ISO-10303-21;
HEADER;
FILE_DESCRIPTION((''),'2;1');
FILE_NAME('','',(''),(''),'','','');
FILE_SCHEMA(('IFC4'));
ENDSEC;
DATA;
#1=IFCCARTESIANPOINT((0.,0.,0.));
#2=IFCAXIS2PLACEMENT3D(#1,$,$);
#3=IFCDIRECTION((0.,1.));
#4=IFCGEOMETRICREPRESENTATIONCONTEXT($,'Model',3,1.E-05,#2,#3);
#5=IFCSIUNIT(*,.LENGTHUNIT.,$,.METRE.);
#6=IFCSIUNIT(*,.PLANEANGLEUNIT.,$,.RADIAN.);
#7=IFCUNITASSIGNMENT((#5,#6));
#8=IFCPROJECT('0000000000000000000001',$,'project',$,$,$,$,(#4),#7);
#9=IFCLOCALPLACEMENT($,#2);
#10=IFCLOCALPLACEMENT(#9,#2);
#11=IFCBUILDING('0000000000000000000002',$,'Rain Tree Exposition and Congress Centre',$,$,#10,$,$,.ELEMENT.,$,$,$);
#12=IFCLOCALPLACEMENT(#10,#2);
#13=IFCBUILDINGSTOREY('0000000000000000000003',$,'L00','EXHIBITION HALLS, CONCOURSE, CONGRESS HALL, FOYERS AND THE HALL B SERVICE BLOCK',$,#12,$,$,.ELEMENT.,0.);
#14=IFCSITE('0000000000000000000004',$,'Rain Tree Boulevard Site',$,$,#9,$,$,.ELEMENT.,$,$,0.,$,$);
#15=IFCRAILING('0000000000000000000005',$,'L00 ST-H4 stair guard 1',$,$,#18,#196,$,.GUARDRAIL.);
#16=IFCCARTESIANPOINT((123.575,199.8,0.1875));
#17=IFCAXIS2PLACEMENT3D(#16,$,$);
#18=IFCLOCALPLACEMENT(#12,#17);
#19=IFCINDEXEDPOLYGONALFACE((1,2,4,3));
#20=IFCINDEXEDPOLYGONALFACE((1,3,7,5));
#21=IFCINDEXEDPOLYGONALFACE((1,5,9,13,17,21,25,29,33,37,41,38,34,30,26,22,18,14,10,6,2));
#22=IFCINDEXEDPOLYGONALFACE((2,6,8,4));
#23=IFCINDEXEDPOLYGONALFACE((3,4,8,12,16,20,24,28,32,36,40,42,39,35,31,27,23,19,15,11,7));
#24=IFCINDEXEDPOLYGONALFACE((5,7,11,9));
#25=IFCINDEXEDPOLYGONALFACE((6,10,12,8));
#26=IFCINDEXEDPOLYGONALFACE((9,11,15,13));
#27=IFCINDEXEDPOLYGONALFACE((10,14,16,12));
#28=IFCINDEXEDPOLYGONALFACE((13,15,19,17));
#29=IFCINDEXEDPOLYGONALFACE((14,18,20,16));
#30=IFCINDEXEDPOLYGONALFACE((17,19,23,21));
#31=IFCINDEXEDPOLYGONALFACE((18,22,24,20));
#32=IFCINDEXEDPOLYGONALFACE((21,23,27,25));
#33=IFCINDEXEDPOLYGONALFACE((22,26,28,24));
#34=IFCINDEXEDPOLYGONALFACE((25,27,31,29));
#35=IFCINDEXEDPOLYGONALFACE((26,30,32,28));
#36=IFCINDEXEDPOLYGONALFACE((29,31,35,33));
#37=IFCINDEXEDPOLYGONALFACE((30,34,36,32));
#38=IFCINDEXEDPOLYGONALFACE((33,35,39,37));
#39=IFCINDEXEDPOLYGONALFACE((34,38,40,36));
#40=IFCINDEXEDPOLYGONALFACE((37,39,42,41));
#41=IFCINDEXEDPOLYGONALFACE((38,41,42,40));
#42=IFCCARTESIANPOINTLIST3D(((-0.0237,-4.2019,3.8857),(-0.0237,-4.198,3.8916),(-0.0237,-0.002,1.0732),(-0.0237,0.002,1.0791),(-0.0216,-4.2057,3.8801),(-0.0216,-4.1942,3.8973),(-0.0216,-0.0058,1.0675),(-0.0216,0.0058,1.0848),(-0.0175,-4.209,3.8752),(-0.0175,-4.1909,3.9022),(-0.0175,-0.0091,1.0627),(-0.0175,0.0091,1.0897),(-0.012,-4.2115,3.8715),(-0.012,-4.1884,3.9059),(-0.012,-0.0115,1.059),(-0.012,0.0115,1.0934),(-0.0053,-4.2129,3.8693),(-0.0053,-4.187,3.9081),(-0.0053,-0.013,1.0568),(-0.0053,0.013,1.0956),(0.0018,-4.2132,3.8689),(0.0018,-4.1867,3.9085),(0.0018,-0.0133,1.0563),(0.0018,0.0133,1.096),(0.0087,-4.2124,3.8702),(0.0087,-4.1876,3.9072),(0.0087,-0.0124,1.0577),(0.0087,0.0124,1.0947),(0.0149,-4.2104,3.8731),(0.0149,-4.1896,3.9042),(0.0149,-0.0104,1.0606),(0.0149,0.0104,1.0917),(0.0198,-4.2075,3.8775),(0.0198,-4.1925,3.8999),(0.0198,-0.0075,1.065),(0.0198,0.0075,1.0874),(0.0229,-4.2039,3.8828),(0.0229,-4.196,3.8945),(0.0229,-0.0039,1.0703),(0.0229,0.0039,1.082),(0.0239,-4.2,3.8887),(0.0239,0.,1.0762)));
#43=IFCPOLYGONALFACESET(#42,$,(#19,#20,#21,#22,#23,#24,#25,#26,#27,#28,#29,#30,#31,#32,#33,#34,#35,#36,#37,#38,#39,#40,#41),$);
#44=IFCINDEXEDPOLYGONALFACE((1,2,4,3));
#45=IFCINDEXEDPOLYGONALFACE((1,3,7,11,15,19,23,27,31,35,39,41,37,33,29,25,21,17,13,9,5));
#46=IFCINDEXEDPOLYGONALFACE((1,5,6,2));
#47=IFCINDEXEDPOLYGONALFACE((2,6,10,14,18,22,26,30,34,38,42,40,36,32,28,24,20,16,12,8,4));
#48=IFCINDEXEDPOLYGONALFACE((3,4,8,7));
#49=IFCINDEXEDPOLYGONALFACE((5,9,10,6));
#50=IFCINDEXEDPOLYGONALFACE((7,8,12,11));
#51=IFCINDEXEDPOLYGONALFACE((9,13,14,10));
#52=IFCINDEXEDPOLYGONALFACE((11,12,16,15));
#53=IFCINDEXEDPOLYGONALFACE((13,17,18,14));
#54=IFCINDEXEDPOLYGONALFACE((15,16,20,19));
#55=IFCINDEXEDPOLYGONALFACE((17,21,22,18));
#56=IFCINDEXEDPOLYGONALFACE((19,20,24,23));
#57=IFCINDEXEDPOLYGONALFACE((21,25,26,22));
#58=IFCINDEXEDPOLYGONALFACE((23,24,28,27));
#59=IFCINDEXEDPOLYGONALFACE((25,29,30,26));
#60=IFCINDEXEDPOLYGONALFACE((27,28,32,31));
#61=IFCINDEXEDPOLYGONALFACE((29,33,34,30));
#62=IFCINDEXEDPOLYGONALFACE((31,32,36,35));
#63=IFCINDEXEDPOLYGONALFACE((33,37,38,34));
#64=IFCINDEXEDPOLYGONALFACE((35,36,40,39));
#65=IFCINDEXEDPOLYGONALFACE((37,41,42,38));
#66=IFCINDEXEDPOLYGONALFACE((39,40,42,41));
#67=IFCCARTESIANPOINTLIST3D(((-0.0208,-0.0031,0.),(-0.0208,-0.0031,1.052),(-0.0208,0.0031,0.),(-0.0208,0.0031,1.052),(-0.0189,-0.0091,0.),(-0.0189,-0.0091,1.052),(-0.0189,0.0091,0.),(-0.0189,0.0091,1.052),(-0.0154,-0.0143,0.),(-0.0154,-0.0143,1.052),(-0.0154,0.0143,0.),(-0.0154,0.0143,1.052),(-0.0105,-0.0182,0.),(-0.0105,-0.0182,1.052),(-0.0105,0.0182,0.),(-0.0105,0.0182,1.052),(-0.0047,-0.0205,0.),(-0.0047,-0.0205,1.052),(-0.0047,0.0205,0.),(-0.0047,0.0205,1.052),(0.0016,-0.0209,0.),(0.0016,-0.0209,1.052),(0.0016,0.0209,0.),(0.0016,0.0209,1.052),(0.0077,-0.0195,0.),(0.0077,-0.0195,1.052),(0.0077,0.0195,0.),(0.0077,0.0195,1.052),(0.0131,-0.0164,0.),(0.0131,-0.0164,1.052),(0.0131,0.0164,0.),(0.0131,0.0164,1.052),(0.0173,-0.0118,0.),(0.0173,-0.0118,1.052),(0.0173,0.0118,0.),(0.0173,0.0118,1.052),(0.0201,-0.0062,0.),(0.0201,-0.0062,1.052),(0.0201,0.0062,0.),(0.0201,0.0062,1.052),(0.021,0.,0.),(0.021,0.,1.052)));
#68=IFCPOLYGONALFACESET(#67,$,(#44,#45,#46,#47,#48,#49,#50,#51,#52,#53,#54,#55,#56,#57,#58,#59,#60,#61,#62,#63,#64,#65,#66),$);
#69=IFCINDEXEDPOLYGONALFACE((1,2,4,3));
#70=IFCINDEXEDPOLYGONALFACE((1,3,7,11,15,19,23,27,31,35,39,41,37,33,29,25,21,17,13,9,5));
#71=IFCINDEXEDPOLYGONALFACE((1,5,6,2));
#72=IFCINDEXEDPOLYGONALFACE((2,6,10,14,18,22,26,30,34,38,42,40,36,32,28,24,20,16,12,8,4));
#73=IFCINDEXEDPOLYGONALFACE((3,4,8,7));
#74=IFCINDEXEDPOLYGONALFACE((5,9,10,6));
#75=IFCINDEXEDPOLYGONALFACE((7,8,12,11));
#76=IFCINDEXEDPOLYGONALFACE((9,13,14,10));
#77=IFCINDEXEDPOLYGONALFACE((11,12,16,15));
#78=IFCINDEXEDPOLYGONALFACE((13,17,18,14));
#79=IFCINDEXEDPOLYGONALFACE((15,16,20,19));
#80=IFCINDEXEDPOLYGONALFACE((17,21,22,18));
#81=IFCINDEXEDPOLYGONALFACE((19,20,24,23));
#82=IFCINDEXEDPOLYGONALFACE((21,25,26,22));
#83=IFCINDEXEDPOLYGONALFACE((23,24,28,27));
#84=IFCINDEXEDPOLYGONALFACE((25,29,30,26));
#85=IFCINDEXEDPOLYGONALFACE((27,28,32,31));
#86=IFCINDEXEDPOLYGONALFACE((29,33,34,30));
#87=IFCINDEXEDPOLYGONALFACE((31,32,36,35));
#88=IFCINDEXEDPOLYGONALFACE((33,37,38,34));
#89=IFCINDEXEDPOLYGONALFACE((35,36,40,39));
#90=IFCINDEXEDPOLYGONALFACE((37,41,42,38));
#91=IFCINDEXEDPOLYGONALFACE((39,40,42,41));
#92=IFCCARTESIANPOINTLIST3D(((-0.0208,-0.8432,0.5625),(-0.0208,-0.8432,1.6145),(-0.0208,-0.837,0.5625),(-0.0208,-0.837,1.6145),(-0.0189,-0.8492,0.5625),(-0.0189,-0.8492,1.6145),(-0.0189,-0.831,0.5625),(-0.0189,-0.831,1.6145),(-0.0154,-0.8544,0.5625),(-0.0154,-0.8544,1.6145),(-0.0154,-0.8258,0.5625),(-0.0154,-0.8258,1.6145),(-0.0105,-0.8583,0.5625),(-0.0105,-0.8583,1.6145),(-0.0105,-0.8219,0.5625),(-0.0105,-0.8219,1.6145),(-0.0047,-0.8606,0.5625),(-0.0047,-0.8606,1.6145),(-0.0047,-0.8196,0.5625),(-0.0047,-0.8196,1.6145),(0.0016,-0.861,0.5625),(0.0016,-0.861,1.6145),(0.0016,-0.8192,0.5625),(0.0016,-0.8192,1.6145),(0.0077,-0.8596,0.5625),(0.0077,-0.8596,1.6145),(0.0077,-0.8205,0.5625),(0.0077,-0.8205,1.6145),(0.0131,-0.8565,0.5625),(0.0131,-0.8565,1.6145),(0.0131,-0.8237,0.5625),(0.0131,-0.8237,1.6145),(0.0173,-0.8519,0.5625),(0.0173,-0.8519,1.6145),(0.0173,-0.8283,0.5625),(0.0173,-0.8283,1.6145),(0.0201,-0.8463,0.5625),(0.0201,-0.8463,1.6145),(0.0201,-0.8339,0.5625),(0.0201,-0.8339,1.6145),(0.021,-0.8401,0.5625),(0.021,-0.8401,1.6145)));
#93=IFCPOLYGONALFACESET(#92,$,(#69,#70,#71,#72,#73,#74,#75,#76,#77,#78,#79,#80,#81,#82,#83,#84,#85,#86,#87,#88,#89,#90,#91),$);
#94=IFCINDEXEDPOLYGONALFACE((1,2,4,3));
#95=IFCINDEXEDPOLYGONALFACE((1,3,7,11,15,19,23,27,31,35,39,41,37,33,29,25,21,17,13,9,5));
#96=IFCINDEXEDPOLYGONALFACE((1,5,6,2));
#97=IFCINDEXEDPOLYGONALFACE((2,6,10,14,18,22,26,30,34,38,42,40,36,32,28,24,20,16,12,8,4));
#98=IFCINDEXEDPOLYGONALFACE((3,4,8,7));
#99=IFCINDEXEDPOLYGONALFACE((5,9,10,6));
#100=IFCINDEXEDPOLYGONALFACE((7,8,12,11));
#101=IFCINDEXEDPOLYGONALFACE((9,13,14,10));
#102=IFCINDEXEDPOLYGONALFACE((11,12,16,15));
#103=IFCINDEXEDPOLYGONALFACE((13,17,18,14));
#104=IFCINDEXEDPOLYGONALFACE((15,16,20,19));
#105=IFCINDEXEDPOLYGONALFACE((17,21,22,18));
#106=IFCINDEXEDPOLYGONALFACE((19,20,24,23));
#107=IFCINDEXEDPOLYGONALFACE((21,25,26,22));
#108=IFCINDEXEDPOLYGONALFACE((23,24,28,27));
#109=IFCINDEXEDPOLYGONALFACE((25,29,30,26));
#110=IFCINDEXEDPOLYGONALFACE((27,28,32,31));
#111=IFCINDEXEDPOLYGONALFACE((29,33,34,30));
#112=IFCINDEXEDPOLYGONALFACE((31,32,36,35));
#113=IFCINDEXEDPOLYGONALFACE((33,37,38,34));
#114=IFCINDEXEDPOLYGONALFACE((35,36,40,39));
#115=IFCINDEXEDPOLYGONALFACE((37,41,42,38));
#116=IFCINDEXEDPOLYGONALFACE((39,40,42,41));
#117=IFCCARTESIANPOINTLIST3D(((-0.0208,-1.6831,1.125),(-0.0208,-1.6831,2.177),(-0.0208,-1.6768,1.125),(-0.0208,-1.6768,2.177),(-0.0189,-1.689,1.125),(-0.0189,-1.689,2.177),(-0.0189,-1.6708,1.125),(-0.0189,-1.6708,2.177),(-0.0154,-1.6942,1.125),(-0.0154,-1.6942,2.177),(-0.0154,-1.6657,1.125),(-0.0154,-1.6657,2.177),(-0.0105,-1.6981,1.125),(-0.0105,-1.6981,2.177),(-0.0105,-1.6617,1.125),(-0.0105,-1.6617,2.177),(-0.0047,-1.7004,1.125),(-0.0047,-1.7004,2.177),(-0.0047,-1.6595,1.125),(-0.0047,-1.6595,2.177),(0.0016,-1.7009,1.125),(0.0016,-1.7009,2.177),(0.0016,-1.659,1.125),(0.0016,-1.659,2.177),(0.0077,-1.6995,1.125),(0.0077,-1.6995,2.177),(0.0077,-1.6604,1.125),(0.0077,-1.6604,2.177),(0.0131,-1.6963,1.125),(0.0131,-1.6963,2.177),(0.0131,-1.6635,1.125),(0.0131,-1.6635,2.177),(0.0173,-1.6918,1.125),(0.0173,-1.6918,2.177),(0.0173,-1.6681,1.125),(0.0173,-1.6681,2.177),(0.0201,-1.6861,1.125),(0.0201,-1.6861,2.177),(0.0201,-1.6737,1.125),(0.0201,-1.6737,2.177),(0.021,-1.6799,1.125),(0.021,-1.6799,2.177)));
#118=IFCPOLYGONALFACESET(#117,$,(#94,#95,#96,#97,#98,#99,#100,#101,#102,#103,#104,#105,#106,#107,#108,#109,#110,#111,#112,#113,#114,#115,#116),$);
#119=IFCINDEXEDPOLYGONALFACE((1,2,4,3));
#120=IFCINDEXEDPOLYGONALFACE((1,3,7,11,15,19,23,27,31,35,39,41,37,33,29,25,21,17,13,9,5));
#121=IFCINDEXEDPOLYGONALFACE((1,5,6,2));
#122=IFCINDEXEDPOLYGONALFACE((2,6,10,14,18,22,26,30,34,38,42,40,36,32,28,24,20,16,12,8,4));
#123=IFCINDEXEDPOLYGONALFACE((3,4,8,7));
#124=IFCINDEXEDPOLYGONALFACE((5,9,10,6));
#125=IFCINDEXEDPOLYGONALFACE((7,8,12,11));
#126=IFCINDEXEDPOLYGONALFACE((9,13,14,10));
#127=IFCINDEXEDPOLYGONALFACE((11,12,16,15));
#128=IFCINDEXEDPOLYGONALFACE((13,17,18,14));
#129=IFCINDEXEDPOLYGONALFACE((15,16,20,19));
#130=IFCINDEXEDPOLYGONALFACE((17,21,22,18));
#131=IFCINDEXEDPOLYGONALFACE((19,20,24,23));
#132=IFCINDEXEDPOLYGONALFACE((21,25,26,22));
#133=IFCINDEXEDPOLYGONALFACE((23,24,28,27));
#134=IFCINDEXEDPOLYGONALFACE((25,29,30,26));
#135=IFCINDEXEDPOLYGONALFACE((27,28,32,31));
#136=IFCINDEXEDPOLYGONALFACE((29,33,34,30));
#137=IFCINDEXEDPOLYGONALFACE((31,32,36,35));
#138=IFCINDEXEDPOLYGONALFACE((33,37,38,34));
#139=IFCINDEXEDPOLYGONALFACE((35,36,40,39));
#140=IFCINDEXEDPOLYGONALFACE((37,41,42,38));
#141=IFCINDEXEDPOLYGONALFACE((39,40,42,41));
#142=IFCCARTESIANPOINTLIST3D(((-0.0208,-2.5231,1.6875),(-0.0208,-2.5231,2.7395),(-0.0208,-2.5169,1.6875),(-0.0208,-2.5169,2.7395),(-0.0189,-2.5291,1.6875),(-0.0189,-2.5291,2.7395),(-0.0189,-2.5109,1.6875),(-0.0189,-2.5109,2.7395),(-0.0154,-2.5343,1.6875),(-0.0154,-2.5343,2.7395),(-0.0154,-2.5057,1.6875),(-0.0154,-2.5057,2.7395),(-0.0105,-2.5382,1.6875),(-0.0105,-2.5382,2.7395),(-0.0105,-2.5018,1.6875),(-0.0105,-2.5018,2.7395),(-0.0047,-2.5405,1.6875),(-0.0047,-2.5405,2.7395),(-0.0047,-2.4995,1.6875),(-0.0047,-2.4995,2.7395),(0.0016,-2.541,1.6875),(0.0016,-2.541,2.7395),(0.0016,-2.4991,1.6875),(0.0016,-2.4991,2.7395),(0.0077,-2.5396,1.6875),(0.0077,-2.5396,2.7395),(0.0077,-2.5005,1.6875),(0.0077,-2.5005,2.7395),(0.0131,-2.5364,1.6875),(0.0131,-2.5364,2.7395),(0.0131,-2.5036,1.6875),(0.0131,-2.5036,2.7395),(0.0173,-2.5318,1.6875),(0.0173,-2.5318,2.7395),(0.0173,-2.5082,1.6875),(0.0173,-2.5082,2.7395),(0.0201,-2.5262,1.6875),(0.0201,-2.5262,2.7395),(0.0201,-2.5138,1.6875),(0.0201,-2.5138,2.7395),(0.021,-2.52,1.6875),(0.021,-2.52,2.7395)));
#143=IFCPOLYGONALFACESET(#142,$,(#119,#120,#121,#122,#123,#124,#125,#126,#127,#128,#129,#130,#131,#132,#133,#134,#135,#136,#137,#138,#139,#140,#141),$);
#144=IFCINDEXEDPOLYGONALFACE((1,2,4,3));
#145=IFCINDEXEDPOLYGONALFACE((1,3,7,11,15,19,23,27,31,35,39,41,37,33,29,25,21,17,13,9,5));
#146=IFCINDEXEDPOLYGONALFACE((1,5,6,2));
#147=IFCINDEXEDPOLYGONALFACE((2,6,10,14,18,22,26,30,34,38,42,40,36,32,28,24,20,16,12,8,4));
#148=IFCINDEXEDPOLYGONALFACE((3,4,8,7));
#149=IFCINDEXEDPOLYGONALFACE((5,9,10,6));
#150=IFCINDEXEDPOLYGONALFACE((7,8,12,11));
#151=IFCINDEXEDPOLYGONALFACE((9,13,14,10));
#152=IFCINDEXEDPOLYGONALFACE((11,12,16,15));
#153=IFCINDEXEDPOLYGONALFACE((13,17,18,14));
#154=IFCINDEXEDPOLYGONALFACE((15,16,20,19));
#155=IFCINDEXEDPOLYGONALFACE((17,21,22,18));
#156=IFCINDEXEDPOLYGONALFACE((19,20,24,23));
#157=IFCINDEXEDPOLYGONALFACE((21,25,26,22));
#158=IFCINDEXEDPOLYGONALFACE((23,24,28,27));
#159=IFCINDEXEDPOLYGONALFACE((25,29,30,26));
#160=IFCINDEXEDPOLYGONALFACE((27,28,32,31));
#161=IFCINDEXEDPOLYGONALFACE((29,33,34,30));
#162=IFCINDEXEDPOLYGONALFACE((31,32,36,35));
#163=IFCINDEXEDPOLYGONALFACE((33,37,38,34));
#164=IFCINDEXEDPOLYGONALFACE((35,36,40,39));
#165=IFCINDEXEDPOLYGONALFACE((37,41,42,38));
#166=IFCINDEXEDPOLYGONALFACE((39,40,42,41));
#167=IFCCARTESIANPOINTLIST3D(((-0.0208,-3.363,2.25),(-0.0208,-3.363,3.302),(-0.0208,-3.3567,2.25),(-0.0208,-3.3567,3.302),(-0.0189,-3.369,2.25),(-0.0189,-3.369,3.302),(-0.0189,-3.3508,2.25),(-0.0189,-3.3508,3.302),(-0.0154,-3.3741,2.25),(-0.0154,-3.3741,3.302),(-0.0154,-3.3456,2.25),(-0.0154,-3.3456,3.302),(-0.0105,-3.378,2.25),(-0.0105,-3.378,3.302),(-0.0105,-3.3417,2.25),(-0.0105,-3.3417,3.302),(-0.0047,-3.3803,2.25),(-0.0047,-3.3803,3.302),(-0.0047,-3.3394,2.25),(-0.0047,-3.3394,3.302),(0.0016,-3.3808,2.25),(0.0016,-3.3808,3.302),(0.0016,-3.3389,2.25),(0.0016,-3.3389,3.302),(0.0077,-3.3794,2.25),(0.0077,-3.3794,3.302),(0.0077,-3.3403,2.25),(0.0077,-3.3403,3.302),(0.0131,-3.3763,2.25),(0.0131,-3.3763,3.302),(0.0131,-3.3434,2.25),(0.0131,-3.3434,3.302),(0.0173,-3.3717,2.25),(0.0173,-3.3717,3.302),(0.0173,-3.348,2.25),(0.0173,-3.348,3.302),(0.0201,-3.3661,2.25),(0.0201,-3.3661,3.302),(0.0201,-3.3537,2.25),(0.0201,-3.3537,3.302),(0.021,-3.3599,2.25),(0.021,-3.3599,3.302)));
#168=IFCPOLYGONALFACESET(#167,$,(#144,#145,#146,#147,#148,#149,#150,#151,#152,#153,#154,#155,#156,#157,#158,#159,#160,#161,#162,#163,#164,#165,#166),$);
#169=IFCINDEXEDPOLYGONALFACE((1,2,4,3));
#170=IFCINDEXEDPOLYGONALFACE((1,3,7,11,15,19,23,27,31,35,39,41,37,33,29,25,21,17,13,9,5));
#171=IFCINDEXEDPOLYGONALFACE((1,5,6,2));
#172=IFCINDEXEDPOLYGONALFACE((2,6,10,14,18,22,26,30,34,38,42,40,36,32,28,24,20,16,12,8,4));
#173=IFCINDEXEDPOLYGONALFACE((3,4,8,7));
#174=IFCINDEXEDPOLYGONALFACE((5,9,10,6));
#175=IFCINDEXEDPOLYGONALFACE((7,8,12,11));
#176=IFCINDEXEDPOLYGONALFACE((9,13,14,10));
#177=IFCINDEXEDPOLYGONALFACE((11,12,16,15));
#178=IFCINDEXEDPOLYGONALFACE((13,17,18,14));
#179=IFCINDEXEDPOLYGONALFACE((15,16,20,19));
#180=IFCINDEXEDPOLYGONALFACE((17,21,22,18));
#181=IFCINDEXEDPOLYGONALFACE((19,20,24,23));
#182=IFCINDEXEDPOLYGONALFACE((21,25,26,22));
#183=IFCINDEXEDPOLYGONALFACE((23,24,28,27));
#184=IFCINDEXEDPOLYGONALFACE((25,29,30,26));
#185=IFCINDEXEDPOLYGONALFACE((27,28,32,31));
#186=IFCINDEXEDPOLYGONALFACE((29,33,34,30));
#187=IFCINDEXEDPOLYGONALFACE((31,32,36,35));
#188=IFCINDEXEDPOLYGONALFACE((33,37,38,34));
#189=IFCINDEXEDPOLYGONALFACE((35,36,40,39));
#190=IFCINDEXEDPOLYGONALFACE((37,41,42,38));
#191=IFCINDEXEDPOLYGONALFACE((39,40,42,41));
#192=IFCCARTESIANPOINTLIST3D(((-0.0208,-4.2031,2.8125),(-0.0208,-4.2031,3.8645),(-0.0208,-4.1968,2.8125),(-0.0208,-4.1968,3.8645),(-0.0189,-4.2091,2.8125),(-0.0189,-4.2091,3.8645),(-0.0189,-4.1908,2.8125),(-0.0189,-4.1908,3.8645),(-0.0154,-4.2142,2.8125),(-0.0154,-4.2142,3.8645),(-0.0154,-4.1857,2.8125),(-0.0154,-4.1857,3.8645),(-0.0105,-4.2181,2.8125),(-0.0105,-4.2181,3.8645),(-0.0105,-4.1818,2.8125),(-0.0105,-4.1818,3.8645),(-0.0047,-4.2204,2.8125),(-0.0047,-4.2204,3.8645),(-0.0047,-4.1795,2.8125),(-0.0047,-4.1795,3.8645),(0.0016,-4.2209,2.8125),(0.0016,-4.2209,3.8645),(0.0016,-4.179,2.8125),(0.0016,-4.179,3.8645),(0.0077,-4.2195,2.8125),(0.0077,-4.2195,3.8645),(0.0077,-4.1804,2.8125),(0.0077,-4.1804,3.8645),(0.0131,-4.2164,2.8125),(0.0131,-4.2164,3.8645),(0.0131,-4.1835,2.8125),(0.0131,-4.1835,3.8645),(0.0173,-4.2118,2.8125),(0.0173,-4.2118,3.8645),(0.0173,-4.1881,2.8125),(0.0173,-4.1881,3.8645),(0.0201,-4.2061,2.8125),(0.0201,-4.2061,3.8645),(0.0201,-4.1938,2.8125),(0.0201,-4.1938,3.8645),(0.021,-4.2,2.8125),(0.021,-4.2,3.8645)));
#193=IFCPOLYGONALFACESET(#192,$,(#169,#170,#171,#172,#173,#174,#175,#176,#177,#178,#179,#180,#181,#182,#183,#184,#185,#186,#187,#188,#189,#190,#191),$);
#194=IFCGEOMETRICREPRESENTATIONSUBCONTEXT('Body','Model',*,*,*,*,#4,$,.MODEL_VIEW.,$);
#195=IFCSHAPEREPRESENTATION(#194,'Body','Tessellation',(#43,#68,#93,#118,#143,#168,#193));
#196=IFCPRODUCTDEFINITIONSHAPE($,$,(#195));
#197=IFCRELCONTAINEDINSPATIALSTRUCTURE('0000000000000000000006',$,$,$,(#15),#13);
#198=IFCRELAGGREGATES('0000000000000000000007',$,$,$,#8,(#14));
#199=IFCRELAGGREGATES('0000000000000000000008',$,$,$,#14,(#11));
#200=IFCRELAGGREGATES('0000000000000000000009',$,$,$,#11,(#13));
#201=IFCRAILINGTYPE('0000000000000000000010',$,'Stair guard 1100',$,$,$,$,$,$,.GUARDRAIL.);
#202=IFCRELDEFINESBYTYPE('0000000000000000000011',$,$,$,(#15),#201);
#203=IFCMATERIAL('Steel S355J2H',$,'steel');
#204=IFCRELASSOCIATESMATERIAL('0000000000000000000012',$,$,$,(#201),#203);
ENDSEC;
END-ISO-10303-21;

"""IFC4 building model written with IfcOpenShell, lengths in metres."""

from ifc_helpers import new_model, si_unit, direction, frame, origin, origin_2d, place, context, subcontext, project, spatial, circle, extrude, material, type_object, element, save


model = new_model("IFC4")

# Units and contexts
model_context = context("Model", 3, precision=1e-05, world=origin(), true_north=direction((0.0, 1.0)))
body_context = subcontext(model_context, "Body", "Model", "MODEL_VIEW")
ifc_project = project(units=[si_unit("LENGTHUNIT", "METRE"), si_unit("PLANEANGLEUNIT", "RADIAN")], contexts=[model_context])

# Site, building, storey
site_placement = place(None, origin())
site = spatial("IfcSite", under=ifc_project, at=site_placement, Name="Rain Tree Boulevard Site", CompositionType="ELEMENT", RefElevation=0.0)
building_placement = place(site_placement, origin())
building = spatial("IfcBuilding", under=site, at=building_placement, Name="Rain Tree Exposition and Congress Centre", CompositionType="ELEMENT")
storey_placement = place(building_placement, origin())
storey = spatial("IfcBuildingStorey", under=building, at=storey_placement, Name="L00", Description="EXHIBITION HALLS, CONCOURSE, CONGRESS HALL, FOYERS AND THE HALL B SERVICE BLOCK", CompositionType="ELEMENT", Elevation=0.0)

# Railing
ifc_material_1 = material(Name="Steel S355J2H", Category="steel")
railing_type_1 = type_object("IfcRailingType", Name="Stair guard 1100", PredefinedType="GUARDRAIL", material=ifc_material_1)
railing_1_placement = place(storey_placement, frame((123.575, 199.8, 0.1875)))
element("IfcRailing", 1, at=railing_1_placement, inside=storey, type_object=railing_type_1, Name="L00 ST-H4 stair guard 1", PredefinedType="GUARDRAIL", context=body_context, shape_type="SweptSolid", body=[
    extrude(circle(Radius=0.0239, at=origin_2d()), frame((0.0, 0.0, 1.0762), z_axis=(0.0, -0.830904, 0.556416), x_axis=(1.0, 0.0, 0.0)), (0.0, 0.0, 1.0), 5.0547),
    extrude(circle(Radius=0.021, at=origin_2d()), origin(), (0.0, 0.0, 1.0), 1.052),
    extrude(circle(Radius=0.021, at=origin_2d()), frame((0.0, -0.8401, 0.5625)), (0.0, 0.0, 1.0), 1.052),
    extrude(circle(Radius=0.021, at=origin_2d()), frame((0.0, -1.6799, 1.125)), (0.0, 0.0, 1.0), 1.052),
    extrude(circle(Radius=0.021, at=origin_2d()), frame((0.0, -2.52, 1.6875)), (0.0, 0.0, 1.0), 1.052),
    extrude(circle(Radius=0.021, at=origin_2d()), frame((0.0, -3.3599, 2.25)), (0.0, 0.0, 1.0), 1.052),
    extrude(circle(Radius=0.021, at=origin_2d()), frame((0.0, -4.2, 2.8125)), (0.0, 0.0, 1.0), 1.052),
])

save(model, "model.ifc")
